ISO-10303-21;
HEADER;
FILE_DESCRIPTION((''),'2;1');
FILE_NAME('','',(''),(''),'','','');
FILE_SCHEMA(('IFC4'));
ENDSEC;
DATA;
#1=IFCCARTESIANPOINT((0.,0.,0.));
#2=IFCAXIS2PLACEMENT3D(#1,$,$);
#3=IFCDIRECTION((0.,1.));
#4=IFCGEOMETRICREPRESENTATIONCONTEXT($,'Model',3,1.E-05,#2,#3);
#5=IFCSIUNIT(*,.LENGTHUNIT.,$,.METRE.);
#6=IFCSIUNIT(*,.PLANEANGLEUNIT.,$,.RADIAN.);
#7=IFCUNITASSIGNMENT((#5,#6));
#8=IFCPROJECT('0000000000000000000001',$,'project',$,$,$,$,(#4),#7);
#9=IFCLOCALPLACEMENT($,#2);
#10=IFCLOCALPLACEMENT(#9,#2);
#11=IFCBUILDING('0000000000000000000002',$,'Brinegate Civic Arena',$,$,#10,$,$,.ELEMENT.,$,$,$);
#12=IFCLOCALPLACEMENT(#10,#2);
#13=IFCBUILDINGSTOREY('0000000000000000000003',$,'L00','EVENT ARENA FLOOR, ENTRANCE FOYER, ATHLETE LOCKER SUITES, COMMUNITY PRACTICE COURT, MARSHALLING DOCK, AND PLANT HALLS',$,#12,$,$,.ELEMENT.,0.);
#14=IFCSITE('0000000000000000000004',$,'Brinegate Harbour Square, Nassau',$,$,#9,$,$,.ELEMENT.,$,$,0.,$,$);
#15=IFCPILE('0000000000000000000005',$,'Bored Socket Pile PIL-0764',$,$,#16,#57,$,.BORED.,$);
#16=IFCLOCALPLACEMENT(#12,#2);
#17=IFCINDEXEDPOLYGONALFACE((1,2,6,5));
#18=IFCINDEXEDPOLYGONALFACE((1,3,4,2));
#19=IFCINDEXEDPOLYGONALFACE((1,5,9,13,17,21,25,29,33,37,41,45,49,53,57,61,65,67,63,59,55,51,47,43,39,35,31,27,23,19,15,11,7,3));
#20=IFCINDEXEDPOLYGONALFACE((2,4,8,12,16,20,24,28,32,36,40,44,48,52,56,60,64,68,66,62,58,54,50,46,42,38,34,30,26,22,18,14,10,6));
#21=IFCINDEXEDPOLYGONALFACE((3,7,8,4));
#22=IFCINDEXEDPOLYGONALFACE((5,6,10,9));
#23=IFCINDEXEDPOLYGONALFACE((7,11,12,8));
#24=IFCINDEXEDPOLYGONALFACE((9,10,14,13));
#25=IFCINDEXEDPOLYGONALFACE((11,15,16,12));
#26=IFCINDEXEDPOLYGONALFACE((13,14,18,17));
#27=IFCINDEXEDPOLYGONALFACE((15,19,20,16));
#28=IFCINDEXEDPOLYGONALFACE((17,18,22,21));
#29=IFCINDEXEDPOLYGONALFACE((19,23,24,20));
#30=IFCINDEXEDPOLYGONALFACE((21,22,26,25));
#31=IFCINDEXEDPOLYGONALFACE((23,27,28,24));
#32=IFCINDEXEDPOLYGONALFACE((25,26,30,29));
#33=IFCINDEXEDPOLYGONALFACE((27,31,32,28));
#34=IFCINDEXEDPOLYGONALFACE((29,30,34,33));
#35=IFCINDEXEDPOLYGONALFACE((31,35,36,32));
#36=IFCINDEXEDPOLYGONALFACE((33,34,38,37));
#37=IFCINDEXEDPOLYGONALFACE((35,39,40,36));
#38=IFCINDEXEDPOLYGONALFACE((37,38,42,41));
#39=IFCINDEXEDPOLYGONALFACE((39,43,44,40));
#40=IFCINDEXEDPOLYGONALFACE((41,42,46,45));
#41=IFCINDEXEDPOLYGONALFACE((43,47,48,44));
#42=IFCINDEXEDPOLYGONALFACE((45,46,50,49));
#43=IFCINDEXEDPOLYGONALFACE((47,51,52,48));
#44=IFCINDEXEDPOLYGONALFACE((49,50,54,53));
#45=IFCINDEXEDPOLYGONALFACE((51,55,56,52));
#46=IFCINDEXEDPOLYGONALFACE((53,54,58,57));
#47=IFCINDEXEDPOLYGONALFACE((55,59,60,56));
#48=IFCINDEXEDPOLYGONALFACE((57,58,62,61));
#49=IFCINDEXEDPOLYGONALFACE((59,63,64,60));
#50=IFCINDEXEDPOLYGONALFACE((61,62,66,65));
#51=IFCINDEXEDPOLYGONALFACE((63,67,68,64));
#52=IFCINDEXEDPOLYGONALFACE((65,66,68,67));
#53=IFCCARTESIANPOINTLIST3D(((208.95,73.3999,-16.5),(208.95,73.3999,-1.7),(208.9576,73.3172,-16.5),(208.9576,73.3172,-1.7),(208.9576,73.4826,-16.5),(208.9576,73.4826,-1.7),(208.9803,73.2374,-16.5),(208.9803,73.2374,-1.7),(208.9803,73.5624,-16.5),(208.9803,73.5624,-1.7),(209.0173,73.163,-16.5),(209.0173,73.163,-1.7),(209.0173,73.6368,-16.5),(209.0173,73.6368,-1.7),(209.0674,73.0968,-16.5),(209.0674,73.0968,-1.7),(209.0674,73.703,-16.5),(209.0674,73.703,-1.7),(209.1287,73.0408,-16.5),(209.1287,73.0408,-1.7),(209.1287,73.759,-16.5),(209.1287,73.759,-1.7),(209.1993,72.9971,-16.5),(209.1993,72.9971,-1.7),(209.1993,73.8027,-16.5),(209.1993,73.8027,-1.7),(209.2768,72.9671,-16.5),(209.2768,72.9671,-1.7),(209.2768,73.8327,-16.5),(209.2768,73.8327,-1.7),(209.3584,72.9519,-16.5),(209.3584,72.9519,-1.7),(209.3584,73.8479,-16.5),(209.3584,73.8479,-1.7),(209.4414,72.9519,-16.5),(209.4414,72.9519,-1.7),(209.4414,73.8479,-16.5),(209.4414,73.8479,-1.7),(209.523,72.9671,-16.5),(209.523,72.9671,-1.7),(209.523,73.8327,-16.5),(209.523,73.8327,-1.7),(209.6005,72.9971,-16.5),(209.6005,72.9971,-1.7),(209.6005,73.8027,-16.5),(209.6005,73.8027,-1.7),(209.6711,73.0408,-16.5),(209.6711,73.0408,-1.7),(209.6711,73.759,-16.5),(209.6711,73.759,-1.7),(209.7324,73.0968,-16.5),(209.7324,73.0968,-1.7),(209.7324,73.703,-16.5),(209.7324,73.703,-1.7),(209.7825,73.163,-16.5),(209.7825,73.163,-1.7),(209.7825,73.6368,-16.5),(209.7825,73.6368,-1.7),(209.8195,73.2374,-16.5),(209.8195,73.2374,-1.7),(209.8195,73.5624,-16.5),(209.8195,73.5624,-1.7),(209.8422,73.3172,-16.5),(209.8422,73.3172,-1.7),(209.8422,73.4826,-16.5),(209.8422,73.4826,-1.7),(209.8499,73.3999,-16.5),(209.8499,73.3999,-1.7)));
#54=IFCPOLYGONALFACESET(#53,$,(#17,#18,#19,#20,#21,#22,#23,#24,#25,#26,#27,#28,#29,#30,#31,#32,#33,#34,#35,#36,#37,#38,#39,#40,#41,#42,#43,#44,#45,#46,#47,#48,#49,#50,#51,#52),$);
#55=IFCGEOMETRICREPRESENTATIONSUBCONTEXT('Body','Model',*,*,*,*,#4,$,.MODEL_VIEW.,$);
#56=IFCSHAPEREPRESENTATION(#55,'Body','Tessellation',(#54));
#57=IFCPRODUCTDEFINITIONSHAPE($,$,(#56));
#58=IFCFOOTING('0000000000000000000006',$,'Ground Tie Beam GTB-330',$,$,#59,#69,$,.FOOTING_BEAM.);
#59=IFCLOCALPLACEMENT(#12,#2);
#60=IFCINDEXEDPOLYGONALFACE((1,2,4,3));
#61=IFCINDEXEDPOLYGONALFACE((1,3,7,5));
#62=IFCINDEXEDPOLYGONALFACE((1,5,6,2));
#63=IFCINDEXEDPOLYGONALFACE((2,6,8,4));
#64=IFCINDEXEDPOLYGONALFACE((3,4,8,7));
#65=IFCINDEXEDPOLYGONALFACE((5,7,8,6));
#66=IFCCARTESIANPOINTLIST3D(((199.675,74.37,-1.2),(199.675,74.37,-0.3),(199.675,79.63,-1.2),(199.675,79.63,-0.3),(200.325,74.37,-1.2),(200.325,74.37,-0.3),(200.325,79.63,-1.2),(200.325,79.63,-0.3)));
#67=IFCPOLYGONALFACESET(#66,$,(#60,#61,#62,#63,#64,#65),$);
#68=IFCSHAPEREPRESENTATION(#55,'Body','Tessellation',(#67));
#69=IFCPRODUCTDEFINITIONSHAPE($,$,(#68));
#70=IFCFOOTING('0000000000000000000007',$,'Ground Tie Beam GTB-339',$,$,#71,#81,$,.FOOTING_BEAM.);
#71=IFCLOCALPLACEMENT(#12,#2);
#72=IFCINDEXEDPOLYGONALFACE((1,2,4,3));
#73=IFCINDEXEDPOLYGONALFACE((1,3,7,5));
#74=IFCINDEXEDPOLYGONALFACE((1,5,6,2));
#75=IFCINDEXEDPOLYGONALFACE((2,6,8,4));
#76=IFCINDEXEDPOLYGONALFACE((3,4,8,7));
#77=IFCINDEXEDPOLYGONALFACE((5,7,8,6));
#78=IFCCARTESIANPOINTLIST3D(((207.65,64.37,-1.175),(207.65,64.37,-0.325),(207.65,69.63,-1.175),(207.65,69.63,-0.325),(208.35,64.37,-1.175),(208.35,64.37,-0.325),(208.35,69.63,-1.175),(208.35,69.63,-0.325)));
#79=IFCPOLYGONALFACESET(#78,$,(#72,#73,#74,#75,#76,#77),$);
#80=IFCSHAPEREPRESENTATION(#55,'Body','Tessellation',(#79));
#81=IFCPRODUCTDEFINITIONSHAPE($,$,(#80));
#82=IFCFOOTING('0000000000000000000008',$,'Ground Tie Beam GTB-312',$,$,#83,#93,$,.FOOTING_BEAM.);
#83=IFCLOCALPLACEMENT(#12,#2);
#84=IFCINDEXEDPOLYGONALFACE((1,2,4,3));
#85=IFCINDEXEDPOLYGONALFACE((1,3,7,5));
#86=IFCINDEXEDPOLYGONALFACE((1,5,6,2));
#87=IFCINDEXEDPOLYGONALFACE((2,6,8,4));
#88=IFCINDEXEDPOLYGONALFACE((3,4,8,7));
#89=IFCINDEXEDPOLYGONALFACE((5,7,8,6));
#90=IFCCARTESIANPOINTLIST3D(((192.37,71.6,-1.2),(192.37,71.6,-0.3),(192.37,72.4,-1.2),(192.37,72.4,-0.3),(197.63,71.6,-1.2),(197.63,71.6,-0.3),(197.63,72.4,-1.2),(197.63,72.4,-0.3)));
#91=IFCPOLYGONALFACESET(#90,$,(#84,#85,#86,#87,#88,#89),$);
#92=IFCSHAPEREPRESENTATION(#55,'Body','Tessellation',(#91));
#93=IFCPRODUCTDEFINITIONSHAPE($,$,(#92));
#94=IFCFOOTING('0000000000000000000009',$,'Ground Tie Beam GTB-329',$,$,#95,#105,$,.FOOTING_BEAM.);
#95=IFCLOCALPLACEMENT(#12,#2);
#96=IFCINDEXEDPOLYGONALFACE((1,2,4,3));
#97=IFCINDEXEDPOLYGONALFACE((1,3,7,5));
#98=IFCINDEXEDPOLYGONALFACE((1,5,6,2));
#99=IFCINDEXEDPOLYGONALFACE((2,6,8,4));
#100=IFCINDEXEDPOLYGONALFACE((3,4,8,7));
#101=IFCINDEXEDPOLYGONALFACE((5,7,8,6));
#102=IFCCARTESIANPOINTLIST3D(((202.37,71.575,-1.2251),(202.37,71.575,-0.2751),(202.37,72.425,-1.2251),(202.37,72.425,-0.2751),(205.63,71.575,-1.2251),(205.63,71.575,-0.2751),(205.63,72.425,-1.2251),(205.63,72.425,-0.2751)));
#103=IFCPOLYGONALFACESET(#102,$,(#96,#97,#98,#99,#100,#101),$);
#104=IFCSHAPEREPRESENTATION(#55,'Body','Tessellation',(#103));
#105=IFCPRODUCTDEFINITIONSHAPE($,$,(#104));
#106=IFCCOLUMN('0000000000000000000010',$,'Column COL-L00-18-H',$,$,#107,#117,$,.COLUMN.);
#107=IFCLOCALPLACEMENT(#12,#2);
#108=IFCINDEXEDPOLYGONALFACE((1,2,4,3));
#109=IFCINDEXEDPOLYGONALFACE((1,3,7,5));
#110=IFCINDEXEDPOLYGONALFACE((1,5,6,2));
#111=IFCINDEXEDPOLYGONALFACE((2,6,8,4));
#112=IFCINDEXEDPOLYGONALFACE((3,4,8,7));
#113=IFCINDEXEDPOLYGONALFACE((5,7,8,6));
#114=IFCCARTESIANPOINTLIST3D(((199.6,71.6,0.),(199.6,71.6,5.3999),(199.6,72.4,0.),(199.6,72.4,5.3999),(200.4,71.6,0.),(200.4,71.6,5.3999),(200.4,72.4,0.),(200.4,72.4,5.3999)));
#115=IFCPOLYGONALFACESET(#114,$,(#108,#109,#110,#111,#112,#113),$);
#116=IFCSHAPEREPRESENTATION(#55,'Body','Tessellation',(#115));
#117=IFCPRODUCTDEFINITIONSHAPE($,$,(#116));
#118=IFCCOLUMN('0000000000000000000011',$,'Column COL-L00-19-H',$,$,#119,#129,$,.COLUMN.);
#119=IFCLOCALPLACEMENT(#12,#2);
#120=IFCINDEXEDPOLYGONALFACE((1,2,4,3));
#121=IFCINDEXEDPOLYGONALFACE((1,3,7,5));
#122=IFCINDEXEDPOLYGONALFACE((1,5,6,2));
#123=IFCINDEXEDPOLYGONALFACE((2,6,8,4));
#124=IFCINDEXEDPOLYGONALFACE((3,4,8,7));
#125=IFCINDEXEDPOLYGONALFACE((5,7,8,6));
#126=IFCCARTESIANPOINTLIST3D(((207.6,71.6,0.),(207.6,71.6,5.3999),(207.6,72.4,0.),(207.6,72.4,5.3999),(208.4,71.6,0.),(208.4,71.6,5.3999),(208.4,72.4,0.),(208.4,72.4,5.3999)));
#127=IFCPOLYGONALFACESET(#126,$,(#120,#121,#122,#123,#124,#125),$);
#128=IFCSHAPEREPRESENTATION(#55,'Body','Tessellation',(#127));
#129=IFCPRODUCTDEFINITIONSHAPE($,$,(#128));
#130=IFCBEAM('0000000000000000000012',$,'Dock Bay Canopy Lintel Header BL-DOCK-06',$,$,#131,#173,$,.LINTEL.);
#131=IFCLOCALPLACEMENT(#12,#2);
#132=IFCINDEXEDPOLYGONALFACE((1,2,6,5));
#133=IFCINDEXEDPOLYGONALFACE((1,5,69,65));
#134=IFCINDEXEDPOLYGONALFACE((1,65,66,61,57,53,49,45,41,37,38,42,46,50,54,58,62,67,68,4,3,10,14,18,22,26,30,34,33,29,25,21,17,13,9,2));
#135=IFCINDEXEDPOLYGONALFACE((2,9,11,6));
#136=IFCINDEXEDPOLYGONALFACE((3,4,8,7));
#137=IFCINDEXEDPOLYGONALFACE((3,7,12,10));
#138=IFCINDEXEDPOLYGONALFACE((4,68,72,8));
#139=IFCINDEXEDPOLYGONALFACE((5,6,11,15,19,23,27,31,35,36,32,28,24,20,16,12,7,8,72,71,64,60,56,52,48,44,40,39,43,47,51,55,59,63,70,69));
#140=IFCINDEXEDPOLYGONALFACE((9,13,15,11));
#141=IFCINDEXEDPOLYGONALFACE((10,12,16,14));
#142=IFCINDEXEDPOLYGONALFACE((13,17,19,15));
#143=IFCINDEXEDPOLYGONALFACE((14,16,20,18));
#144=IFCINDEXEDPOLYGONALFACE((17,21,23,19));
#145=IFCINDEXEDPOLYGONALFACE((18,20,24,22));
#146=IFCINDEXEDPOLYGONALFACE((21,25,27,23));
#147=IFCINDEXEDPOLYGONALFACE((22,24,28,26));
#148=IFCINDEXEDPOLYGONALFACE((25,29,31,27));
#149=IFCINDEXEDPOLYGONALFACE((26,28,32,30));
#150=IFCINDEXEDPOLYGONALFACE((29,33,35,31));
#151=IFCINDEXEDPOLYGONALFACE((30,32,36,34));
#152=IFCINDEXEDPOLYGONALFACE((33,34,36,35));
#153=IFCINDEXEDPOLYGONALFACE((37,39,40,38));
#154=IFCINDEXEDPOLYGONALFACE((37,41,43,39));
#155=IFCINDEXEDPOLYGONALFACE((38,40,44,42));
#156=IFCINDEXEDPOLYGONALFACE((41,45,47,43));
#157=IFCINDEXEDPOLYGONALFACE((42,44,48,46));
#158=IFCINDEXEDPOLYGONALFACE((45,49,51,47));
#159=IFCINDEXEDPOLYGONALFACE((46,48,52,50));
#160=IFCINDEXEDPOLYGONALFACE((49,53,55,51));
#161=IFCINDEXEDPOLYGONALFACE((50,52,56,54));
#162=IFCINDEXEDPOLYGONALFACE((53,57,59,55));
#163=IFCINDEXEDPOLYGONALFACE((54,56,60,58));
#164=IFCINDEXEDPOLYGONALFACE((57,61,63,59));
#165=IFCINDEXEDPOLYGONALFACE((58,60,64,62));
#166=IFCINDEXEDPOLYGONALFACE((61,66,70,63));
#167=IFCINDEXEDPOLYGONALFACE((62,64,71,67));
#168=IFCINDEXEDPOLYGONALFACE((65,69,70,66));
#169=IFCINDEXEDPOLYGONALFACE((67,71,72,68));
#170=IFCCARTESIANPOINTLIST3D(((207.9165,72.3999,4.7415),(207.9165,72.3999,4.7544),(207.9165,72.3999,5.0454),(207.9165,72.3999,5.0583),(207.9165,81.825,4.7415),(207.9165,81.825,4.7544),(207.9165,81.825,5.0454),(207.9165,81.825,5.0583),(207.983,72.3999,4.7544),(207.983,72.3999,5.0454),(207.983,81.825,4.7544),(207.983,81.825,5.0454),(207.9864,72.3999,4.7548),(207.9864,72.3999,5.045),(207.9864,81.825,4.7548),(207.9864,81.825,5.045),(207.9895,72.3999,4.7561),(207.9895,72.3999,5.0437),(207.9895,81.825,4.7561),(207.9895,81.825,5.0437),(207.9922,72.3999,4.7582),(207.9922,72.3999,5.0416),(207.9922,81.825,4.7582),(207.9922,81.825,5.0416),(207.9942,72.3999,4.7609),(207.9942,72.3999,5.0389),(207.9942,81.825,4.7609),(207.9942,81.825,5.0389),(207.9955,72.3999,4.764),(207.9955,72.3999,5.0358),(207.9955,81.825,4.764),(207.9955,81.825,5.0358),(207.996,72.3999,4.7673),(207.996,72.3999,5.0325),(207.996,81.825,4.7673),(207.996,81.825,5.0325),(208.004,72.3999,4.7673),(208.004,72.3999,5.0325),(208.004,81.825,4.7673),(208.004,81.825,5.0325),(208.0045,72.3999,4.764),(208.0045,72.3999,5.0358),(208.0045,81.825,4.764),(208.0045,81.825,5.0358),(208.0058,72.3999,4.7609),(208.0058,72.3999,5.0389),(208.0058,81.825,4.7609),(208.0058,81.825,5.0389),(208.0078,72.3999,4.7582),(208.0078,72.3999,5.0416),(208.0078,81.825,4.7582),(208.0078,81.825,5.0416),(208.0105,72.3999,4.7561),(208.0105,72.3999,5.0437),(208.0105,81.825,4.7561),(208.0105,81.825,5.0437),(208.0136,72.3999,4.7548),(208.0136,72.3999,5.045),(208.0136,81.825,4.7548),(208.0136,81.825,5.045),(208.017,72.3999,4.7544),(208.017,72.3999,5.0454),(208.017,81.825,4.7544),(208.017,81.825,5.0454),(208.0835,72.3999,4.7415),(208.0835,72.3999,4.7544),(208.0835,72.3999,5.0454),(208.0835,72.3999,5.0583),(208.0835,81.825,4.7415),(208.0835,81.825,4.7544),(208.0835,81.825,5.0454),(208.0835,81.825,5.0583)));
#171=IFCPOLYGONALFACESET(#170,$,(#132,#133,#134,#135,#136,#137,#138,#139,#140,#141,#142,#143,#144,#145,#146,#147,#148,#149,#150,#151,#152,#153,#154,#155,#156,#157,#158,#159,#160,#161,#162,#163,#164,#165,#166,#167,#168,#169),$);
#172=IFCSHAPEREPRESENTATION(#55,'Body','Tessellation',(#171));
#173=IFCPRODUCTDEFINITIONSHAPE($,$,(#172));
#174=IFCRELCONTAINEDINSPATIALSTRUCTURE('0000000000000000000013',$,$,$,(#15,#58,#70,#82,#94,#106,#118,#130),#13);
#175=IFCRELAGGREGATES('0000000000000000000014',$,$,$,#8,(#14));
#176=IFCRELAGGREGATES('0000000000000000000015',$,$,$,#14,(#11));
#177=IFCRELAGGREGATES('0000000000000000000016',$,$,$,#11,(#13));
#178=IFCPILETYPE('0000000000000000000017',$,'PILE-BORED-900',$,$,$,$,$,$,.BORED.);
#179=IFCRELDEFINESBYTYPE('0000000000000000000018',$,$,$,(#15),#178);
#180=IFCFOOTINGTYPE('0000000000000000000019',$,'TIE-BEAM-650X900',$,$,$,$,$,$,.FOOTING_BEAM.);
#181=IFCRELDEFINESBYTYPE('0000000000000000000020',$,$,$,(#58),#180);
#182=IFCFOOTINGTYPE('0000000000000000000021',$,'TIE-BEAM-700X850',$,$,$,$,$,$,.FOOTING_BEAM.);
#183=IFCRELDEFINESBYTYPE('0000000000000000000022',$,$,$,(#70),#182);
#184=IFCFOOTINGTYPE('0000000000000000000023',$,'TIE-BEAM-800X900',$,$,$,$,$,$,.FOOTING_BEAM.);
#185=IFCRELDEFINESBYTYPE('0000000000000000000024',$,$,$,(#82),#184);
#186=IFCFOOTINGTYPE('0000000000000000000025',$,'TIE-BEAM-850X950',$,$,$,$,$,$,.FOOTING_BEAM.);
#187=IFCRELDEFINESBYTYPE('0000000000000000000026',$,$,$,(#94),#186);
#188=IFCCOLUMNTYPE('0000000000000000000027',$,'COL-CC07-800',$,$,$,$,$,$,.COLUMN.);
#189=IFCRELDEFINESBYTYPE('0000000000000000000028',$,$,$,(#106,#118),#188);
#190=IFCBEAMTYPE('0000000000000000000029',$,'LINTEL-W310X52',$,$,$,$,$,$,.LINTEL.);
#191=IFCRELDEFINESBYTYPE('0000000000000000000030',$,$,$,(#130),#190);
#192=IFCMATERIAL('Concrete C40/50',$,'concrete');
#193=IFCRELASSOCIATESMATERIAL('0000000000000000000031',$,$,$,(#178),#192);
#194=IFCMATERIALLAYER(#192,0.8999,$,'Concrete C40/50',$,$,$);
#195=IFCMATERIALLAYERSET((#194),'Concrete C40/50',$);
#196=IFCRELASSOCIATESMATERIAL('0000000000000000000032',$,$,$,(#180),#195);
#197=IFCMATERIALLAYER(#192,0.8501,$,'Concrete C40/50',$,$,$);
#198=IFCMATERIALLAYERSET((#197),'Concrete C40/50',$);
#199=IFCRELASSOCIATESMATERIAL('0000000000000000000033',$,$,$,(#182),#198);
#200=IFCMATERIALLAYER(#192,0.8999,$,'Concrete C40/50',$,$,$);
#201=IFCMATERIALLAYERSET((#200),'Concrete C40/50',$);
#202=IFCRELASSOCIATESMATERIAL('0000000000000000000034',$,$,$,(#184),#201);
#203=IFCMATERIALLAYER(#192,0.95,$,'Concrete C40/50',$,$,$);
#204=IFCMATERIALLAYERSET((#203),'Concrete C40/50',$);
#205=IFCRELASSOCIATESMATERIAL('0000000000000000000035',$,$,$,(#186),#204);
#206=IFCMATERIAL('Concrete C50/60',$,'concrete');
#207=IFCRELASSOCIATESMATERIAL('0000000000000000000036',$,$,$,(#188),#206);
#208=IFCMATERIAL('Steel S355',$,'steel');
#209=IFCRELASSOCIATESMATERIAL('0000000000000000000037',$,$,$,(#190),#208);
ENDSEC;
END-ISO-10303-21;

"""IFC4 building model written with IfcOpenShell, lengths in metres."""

from ifc_helpers import new_model, si_unit, direction, frame, origin, origin_2d, place, context, subcontext, project, spatial, rectangle, circle, i_section, extrude, material, layer, layer_set, material_profile, profile_set, type_object, element, save


model = new_model("IFC4")

# Units and contexts
model_context = context("Model", 3, precision=1e-05, world=origin(), true_north=direction((0.0, 1.0)))
body_context = subcontext(model_context, "Body", "Model", "MODEL_VIEW")
ifc_project = project(units=[si_unit("LENGTHUNIT", "METRE"), si_unit("PLANEANGLEUNIT", "RADIAN")], contexts=[model_context])

# Site, building, storey
site_placement = place(None, origin())
site = spatial("IfcSite", under=ifc_project, at=site_placement, Name="Brinegate Harbour Square, Nassau", CompositionType="ELEMENT", RefElevation=0.0)
building_placement = place(site_placement, origin())
building = spatial("IfcBuilding", under=site, at=building_placement, Name="Brinegate Civic Arena", CompositionType="ELEMENT")
storey_placement = place(building_placement, origin())
storey = spatial("IfcBuildingStorey", under=building, at=storey_placement, Name="L00", Description="EVENT ARENA FLOOR, ENTRANCE FOYER, ATHLETE LOCKER SUITES, COMMUNITY PRACTICE COURT, MARSHALLING DOCK, AND PLANT HALLS", CompositionType="ELEMENT", Elevation=0.0)

# Shared definitions
ifc_material_1 = material(Name="Concrete C40/50", Category="concrete")

# Pile
ifc_material_profile_1 = material_profile(ifc_material_1, circle(Radius=0.45, at=origin_2d()), Name="PILED900")
ifc_profile_set_1 = profile_set([ifc_material_profile_1], Name="Concrete C40/50")
pile_type = type_object("IfcPileType", Name="PILE-BORED-900", PredefinedType="BORED", material=ifc_profile_set_1)
for number, where, z_axis, x_axis, name in (
    (1, (209.3999, 73.3999, -1.7), (0.0, 0.0, -1.0), (1.0, 0.0, 0.0), "Bored Socket Pile PIL-0764"),
):
    element("IfcPile", number, at=place(storey_placement, frame(where, z_axis=z_axis, x_axis=x_axis)), inside=storey, type_object=pile_type, Name=name, PredefinedType="BORED", context=body_context, shape_type="SweptSolid", body=[
        extrude(circle(Radius=0.45, at=origin_2d()), origin(), (0.0, 0.0, 1.0), 14.8),
    ])

# Footings
ifc_layer_1 = layer(ifc_material_1, 0.8999, Name="Concrete C40/50")
ifc_layer_set_1 = layer_set([ifc_layer_1], Name="Concrete C40/50")
footing_type_1 = type_object("IfcFootingType", Name="TIE-BEAM-650X900", PredefinedType="FOOTING_BEAM", material=ifc_layer_set_1)
footing_1_placement = place(storey_placement, frame((200.0, 77.0, -1.2), z_axis=(0.0, 0.0, 1.0), x_axis=(0.0, 1.0, 0.0)))
element("IfcFooting", 2, at=footing_1_placement, inside=storey, type_object=footing_type_1, Name="Ground Tie Beam GTB-330", PredefinedType="FOOTING_BEAM", context=body_context, shape_type="SweptSolid", body=[
    extrude(rectangle(XDim=5.26, YDim=0.6499, at=origin_2d()), origin(), (0.0, 0.0, 1.0), 0.8999),
])
ifc_layer_2 = layer(ifc_material_1, 0.8501, Name="Concrete C40/50")
ifc_layer_set_2 = layer_set([ifc_layer_2], Name="Concrete C40/50")
footing_type_2 = type_object("IfcFootingType", Name="TIE-BEAM-700X850", PredefinedType="FOOTING_BEAM", material=ifc_layer_set_2)
footing_2_placement = place(storey_placement, frame((208.0, 67.0, -1.175), z_axis=(0.0, 0.0, 1.0), x_axis=(0.0, 1.0, 0.0)))
element("IfcFooting", 3, at=footing_2_placement, inside=storey, type_object=footing_type_2, Name="Ground Tie Beam GTB-339", PredefinedType="FOOTING_BEAM", context=body_context, shape_type="SweptSolid", body=[
    extrude(rectangle(XDim=5.26, YDim=0.7, at=origin_2d()), origin(), (0.0, 0.0, 1.0), 0.8501),
])
ifc_layer_3 = layer(ifc_material_1, 0.8999, Name="Concrete C40/50")
ifc_layer_set_3 = layer_set([ifc_layer_3], Name="Concrete C40/50")
footing_type_3 = type_object("IfcFootingType", Name="TIE-BEAM-800X900", PredefinedType="FOOTING_BEAM", material=ifc_layer_set_3)
footing_3_placement = place(storey_placement, frame((195.0, 72.0, -1.2), z_axis=(0.0, 0.0, 1.0), x_axis=(1.0, 0.0, 0.0)))
element("IfcFooting", 4, at=footing_3_placement, inside=storey, type_object=footing_type_3, Name="Ground Tie Beam GTB-312", PredefinedType="FOOTING_BEAM", context=body_context, shape_type="SweptSolid", body=[
    extrude(rectangle(XDim=5.26, YDim=0.8, at=origin_2d()), origin(), (0.0, 0.0, 1.0), 0.8999),
])
ifc_layer_4 = layer(ifc_material_1, 0.95, Name="Concrete C40/50")
ifc_layer_set_4 = layer_set([ifc_layer_4], Name="Concrete C40/50")
footing_type_4 = type_object("IfcFootingType", Name="TIE-BEAM-850X950", PredefinedType="FOOTING_BEAM", material=ifc_layer_set_4)
footing_4_placement = place(storey_placement, frame((204.0, 72.0, -1.2251), z_axis=(0.0, 0.0, 1.0), x_axis=(1.0, 0.0, 0.0)))
element("IfcFooting", 5, at=footing_4_placement, inside=storey, type_object=footing_type_4, Name="Ground Tie Beam GTB-329", PredefinedType="FOOTING_BEAM", context=body_context, shape_type="SweptSolid", body=[
    extrude(rectangle(XDim=3.26, YDim=0.8501, at=origin_2d()), origin(), (0.0, 0.0, 1.0), 0.95),
])

# Columns
ifc_material_2 = material(Name="Concrete C50/60", Category="concrete")
ifc_material_profile_2 = material_profile(ifc_material_2, rectangle(XDim=0.8, YDim=0.8, at=origin_2d()), Name="RC800X800")
ifc_profile_set_2 = profile_set([ifc_material_profile_2], Name="Concrete C50/60")
column_type = type_object("IfcColumnType", Name="COL-CC07-800", PredefinedType="COLUMN", material=ifc_profile_set_2)
for number, where, z_axis, x_axis, name in (
    (6, (200.0, 72.0, 0.0), (0.0, 0.0, 1.0), (1.0, 0.0, 0.0), "Column COL-L00-18-H"),
    (7, (208.0, 72.0, 0.0), (0.0, 0.0, 1.0), (1.0, 0.0, 0.0), "Column COL-L00-19-H"),
):
    element("IfcColumn", number, at=place(storey_placement, frame(where, z_axis=z_axis, x_axis=x_axis)), inside=storey, type_object=column_type, Name=name, PredefinedType="COLUMN", context=body_context, shape_type="SweptSolid", body=[
        extrude(rectangle(XDim=0.8, YDim=0.8, at=origin_2d()), origin(), (0.0, 0.0, 1.0), 5.3999),
    ])

# Beam
ifc_material_3 = material(Name="Steel S355", Category="steel")
ifc_material_profile_3 = material_profile(ifc_material_3, i_section(OverallWidth=0.167, OverallDepth=0.3169, WebThickness=0.0081, FlangeThickness=0.0129, FilletRadius=0.0129, at=origin_2d()), Name="W310X52")
ifc_profile_set_3 = profile_set([ifc_material_profile_3], Name="Steel S355")
beam_type = type_object("IfcBeamType", Name="LINTEL-W310X52", PredefinedType="LINTEL", material=ifc_profile_set_3)
beam_placement = place(storey_placement, frame((208.0, 72.3999, 4.8999), z_axis=(0.0, 1.0, 0.0), x_axis=(-1.0, 0.0, 0.0)))
element("IfcBeam", 8, at=beam_placement, inside=storey, type_object=beam_type, Name="Dock Bay Canopy Lintel Header BL-DOCK-06", PredefinedType="LINTEL", context=body_context, shape_type="SweptSolid", body=[
    extrude(i_section(OverallWidth=0.167, OverallDepth=0.3169, WebThickness=0.0081, FlangeThickness=0.0129, FilletRadius=0.0129, at=origin_2d()), origin(), (0.0, 0.0, 1.0), 9.425),
])

save(model, "model.ifc")
